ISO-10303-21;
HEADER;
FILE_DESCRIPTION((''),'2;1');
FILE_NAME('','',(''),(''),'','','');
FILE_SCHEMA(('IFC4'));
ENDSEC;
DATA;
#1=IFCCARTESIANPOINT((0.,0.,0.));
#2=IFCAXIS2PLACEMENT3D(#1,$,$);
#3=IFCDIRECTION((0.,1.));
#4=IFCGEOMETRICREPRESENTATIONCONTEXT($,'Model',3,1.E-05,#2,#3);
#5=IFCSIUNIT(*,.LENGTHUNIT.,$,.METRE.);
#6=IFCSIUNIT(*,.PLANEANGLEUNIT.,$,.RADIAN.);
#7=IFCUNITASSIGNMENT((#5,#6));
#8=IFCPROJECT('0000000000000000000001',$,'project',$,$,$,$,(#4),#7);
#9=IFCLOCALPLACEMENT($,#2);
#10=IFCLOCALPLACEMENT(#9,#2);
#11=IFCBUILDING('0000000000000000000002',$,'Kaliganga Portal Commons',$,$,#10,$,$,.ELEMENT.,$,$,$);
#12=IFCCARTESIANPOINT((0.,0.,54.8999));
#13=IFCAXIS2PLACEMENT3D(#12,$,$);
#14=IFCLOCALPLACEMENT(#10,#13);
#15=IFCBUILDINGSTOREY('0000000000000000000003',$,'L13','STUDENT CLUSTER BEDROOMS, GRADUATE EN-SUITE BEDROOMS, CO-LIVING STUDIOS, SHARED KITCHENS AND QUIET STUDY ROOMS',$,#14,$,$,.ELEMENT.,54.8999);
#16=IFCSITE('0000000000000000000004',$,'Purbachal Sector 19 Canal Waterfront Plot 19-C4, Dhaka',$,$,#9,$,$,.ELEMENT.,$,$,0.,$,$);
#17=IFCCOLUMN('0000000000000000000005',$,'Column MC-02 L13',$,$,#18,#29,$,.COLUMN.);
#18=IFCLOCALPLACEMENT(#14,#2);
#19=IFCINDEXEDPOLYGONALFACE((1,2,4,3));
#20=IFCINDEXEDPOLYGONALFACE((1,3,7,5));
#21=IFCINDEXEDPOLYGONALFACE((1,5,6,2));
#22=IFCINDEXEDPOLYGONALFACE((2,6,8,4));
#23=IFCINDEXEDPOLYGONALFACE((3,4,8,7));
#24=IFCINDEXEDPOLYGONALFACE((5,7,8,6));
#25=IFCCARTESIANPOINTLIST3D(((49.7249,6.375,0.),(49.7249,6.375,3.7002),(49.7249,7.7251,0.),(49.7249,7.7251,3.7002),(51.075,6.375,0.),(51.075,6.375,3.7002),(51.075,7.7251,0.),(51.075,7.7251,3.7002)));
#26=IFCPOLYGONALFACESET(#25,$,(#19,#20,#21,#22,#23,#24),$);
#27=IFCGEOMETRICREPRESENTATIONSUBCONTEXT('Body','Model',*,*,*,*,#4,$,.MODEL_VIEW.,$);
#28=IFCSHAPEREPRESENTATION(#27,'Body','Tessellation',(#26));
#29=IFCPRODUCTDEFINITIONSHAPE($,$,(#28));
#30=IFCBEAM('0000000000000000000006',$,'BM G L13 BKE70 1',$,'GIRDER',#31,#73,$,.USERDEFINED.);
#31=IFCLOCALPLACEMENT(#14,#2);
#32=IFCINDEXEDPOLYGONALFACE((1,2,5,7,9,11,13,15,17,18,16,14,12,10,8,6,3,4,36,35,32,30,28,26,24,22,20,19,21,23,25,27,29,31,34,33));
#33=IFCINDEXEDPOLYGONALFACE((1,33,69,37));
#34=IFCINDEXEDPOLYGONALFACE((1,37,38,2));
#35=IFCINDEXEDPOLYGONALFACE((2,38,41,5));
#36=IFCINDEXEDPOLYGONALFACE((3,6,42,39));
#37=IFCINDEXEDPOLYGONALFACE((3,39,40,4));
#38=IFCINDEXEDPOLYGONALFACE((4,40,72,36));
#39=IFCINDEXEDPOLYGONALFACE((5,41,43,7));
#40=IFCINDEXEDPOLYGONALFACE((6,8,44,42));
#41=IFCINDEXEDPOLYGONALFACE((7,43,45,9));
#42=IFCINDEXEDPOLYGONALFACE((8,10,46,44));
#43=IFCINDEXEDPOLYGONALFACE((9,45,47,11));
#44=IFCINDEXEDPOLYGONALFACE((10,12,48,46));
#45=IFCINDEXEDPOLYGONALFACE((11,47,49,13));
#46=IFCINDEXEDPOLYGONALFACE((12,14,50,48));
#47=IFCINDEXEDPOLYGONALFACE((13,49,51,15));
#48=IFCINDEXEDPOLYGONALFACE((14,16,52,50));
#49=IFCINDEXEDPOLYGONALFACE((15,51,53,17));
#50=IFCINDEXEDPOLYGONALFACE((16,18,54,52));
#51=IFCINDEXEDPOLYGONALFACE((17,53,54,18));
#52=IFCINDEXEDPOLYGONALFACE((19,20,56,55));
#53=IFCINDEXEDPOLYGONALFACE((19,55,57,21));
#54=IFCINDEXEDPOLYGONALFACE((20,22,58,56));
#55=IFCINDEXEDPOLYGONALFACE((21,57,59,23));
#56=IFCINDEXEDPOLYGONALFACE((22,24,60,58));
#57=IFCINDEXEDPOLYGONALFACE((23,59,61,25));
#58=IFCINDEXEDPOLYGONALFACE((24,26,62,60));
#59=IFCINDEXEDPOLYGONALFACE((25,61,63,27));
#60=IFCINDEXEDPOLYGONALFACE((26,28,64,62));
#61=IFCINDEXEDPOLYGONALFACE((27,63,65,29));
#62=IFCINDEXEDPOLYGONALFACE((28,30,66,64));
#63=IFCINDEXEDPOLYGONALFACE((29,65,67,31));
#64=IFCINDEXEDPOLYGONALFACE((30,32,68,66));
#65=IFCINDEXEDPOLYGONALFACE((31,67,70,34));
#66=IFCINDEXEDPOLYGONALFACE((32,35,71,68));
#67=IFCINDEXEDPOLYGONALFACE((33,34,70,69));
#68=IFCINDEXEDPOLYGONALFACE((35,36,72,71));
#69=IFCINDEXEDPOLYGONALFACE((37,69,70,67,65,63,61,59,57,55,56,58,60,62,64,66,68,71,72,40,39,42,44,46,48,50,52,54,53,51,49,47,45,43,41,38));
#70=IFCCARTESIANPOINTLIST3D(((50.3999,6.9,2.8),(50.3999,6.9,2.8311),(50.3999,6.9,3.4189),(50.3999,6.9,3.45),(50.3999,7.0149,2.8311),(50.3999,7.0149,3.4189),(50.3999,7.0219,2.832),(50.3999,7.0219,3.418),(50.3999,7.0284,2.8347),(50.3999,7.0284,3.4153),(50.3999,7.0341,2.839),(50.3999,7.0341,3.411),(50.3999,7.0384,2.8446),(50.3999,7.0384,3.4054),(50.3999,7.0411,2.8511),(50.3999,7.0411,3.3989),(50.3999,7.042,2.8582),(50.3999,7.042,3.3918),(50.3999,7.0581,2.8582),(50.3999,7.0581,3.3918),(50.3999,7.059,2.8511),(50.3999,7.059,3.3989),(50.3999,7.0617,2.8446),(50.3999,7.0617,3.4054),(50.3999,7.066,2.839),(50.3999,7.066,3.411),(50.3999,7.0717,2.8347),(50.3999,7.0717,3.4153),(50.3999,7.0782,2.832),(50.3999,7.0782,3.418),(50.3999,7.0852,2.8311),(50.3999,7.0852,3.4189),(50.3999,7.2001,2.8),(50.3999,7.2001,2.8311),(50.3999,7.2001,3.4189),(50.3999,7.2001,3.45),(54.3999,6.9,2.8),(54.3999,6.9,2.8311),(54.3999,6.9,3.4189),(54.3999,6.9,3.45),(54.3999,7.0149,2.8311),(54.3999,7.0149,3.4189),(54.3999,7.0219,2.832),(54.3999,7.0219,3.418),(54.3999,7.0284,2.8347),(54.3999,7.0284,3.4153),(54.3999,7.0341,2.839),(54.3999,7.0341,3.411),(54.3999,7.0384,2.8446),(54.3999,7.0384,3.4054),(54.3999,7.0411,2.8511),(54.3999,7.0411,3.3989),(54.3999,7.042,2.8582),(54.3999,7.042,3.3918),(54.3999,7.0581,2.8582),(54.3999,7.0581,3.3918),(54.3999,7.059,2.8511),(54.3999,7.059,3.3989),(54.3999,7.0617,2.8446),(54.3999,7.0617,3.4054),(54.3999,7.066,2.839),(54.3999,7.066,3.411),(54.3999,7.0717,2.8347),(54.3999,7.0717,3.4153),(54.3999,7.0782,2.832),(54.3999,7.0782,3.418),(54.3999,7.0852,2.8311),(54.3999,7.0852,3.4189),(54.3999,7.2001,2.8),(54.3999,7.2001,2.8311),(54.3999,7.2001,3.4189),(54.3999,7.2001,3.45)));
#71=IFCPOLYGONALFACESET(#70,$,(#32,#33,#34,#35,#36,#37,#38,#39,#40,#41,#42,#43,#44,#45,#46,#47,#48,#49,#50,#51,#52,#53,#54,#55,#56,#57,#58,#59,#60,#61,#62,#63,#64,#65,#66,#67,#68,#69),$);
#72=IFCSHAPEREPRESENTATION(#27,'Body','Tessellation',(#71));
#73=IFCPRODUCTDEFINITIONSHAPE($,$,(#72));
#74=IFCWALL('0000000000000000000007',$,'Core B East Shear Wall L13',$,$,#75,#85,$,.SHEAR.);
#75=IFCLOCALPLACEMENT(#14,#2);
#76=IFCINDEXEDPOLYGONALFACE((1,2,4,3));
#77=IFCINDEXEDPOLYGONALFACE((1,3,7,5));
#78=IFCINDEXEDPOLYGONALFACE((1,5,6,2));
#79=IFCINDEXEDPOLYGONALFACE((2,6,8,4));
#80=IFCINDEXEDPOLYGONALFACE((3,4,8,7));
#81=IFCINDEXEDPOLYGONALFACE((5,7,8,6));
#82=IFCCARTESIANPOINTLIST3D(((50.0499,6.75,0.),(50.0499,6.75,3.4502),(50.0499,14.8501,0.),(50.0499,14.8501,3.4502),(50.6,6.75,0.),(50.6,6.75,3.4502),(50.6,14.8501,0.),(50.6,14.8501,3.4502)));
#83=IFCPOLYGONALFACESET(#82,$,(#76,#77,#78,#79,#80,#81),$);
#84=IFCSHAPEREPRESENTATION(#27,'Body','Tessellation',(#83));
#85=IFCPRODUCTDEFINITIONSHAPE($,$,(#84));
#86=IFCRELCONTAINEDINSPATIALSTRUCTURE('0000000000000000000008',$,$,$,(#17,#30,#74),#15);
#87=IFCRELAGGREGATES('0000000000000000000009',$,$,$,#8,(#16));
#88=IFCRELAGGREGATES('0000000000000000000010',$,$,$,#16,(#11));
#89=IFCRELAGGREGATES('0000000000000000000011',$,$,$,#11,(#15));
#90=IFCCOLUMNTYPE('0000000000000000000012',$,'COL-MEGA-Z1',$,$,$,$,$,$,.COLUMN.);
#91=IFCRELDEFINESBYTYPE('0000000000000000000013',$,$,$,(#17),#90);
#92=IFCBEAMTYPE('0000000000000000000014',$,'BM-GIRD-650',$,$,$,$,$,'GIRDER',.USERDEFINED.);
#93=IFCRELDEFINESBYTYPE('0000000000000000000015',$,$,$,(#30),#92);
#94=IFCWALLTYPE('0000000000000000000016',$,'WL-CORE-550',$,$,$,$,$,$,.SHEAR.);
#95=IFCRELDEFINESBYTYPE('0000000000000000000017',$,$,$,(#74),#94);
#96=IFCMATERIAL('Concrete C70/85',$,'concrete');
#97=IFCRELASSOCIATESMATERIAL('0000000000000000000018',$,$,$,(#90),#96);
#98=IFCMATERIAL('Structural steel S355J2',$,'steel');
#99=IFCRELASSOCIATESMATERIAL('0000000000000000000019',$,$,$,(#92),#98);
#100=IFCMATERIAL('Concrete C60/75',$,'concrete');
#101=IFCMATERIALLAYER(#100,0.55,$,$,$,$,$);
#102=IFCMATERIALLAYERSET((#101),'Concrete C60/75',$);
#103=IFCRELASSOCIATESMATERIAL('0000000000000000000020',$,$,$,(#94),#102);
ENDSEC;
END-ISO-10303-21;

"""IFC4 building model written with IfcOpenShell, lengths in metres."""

from ifc_helpers import new_model, si_unit, direction, frame, frame_2d, origin, origin_2d, place, context, subcontext, project, spatial, rectangle, i_section, extrude, source, transform, mapped, material, layer, layer_set, material_profile, profile_set, type_object, element, save


model = new_model("IFC4")

# Units and contexts
model_context = context("Model", 3, precision=1e-05, world=origin(), true_north=direction((0.0, 1.0)))
body_context = subcontext(model_context, "Body", "Model", "MODEL_VIEW")
ifc_project = project(units=[si_unit("LENGTHUNIT", "METRE"), si_unit("PLANEANGLEUNIT", "RADIAN")], contexts=[model_context])

# Site, building, storey
site_placement = place(None, origin())
site = spatial("IfcSite", under=ifc_project, at=site_placement, Name="Purbachal Sector 19 Canal Waterfront Plot 19-C4, Dhaka", CompositionType="ELEMENT", RefElevation=0.0)
building_placement = place(site_placement, origin())
building = spatial("IfcBuilding", under=site, at=building_placement, Name="Kaliganga Portal Commons", CompositionType="ELEMENT")
storey_placement = place(building_placement, frame((0.0, 0.0, 54.8999)))
storey = spatial("IfcBuildingStorey", under=building, at=storey_placement, Name="L13", Description="STUDENT CLUSTER BEDROOMS, GRADUATE EN-SUITE BEDROOMS, CO-LIVING STUDIOS, SHARED KITCHENS AND QUIET STUDY ROOMS", CompositionType="ELEMENT", Elevation=54.8999)

# Column
ifc_material_1 = material(Name="Concrete C70/85", Category="concrete")
ifc_material_profile_1 = material_profile(ifc_material_1, rectangle(XDim=1.3501, YDim=1.3501, at=origin_2d()), Name="RC 1350x1350")
ifc_profile_set_1 = profile_set([ifc_material_profile_1], Name="Concrete C70/85")
column_type = type_object("IfcColumnType", Name="COL-MEGA-Z1", PredefinedType="COLUMN", material=ifc_profile_set_1)
shared_shape_1 = source(origin(), body_context, "Body", "SweptSolid", [
    extrude(rectangle(XDim=1.3501, YDim=1.3501, at=origin_2d()), origin(), (0.0, 0.0, 1.0), 3.7002),
])
column_placement = place(storey_placement, frame((50.3999, 7.05, 0.0), z_axis=(0.0, 0.0, 1.0), x_axis=(1.0, 0.0, 0.0)))
element("IfcColumn", 1, at=column_placement, inside=storey, type_object=column_type, Name="Column MC-02 L13", PredefinedType="COLUMN", context=body_context, shape_type="MappedRepresentation", body=[
    mapped(shared_shape_1, transform((0.0, 0.0, 0.0), x_axis=(1.0, 0.0, 0.0), y_axis=(0.0, 1.0, 0.0), z_axis=(0.0, 0.0, 1.0), scale=1.0)),
])

# Beam
ifc_material_2 = material(Name="Structural steel S355J2", Category="steel")
ifc_material_profile_2 = material_profile(ifc_material_2, i_section(OverallWidth=0.3, OverallDepth=0.6499, WebThickness=0.0161, FlangeThickness=0.031, FilletRadius=0.0271, at=origin_2d()), Name="HE 650 B")
ifc_profile_set_2 = profile_set([ifc_material_profile_2], Name="Structural steel S355J2 wide-flange")
beam_type = type_object("IfcBeamType", Name="BM-GIRD-650", ElementType="GIRDER", PredefinedType="USERDEFINED", material=ifc_profile_set_2)
shared_shape_2 = source(origin(), body_context, "Body", "SweptSolid", [
    extrude(i_section(OverallWidth=0.3, OverallDepth=0.6499, WebThickness=0.0161, FlangeThickness=0.031, FilletRadius=0.0271, at=origin_2d()), origin(), (0.0, 0.0, 1.0), 4.0),
])
beam_placement = place(storey_placement, frame((50.3999, 7.05, 3.125), z_axis=(1.0, 0.0, 0.0), x_axis=(0.0, 1.0, 0.0)))
element("IfcBeam", 2, at=beam_placement, inside=storey, type_object=beam_type, Name="BM G L13 BKE70 1", ObjectType="GIRDER", PredefinedType="USERDEFINED", context=body_context, shape_type="MappedRepresentation", body=[
    mapped(shared_shape_2, transform((0.0, 0.0, 0.0), x_axis=(1.0, 0.0, 0.0), y_axis=(0.0, 1.0, 0.0), z_axis=(0.0, 0.0, 1.0), scale=1.0)),
])

# Wall
ifc_material_3 = material(Name="Concrete C60/75", Category="concrete")
ifc_layer_1 = layer(ifc_material_3, 0.55)
ifc_layer_set_1 = layer_set([ifc_layer_1], Name="Concrete C60/75")
wall_type_1 = type_object("IfcWallType", Name="WL-CORE-550", PredefinedType="SHEAR", material=ifc_layer_set_1)
wall_1_placement = place(storey_placement, frame((50.325, 6.75, 0.0), z_axis=(0.0, 0.0, 1.0), x_axis=(0.0, 1.0, 0.0)))
element("IfcWall", 3, at=wall_1_placement, inside=storey, type_object=wall_type_1, Name="Core B East Shear Wall L13", PredefinedType="SHEAR", context=body_context, shape_type="SweptSolid", body=[
    extrude(rectangle(XDim=8.1001, YDim=0.55, at=frame_2d((4.05, 0.0))), origin(), (0.0, 0.0, 1.0), 3.4502),
])

save(model, "model.ifc")
